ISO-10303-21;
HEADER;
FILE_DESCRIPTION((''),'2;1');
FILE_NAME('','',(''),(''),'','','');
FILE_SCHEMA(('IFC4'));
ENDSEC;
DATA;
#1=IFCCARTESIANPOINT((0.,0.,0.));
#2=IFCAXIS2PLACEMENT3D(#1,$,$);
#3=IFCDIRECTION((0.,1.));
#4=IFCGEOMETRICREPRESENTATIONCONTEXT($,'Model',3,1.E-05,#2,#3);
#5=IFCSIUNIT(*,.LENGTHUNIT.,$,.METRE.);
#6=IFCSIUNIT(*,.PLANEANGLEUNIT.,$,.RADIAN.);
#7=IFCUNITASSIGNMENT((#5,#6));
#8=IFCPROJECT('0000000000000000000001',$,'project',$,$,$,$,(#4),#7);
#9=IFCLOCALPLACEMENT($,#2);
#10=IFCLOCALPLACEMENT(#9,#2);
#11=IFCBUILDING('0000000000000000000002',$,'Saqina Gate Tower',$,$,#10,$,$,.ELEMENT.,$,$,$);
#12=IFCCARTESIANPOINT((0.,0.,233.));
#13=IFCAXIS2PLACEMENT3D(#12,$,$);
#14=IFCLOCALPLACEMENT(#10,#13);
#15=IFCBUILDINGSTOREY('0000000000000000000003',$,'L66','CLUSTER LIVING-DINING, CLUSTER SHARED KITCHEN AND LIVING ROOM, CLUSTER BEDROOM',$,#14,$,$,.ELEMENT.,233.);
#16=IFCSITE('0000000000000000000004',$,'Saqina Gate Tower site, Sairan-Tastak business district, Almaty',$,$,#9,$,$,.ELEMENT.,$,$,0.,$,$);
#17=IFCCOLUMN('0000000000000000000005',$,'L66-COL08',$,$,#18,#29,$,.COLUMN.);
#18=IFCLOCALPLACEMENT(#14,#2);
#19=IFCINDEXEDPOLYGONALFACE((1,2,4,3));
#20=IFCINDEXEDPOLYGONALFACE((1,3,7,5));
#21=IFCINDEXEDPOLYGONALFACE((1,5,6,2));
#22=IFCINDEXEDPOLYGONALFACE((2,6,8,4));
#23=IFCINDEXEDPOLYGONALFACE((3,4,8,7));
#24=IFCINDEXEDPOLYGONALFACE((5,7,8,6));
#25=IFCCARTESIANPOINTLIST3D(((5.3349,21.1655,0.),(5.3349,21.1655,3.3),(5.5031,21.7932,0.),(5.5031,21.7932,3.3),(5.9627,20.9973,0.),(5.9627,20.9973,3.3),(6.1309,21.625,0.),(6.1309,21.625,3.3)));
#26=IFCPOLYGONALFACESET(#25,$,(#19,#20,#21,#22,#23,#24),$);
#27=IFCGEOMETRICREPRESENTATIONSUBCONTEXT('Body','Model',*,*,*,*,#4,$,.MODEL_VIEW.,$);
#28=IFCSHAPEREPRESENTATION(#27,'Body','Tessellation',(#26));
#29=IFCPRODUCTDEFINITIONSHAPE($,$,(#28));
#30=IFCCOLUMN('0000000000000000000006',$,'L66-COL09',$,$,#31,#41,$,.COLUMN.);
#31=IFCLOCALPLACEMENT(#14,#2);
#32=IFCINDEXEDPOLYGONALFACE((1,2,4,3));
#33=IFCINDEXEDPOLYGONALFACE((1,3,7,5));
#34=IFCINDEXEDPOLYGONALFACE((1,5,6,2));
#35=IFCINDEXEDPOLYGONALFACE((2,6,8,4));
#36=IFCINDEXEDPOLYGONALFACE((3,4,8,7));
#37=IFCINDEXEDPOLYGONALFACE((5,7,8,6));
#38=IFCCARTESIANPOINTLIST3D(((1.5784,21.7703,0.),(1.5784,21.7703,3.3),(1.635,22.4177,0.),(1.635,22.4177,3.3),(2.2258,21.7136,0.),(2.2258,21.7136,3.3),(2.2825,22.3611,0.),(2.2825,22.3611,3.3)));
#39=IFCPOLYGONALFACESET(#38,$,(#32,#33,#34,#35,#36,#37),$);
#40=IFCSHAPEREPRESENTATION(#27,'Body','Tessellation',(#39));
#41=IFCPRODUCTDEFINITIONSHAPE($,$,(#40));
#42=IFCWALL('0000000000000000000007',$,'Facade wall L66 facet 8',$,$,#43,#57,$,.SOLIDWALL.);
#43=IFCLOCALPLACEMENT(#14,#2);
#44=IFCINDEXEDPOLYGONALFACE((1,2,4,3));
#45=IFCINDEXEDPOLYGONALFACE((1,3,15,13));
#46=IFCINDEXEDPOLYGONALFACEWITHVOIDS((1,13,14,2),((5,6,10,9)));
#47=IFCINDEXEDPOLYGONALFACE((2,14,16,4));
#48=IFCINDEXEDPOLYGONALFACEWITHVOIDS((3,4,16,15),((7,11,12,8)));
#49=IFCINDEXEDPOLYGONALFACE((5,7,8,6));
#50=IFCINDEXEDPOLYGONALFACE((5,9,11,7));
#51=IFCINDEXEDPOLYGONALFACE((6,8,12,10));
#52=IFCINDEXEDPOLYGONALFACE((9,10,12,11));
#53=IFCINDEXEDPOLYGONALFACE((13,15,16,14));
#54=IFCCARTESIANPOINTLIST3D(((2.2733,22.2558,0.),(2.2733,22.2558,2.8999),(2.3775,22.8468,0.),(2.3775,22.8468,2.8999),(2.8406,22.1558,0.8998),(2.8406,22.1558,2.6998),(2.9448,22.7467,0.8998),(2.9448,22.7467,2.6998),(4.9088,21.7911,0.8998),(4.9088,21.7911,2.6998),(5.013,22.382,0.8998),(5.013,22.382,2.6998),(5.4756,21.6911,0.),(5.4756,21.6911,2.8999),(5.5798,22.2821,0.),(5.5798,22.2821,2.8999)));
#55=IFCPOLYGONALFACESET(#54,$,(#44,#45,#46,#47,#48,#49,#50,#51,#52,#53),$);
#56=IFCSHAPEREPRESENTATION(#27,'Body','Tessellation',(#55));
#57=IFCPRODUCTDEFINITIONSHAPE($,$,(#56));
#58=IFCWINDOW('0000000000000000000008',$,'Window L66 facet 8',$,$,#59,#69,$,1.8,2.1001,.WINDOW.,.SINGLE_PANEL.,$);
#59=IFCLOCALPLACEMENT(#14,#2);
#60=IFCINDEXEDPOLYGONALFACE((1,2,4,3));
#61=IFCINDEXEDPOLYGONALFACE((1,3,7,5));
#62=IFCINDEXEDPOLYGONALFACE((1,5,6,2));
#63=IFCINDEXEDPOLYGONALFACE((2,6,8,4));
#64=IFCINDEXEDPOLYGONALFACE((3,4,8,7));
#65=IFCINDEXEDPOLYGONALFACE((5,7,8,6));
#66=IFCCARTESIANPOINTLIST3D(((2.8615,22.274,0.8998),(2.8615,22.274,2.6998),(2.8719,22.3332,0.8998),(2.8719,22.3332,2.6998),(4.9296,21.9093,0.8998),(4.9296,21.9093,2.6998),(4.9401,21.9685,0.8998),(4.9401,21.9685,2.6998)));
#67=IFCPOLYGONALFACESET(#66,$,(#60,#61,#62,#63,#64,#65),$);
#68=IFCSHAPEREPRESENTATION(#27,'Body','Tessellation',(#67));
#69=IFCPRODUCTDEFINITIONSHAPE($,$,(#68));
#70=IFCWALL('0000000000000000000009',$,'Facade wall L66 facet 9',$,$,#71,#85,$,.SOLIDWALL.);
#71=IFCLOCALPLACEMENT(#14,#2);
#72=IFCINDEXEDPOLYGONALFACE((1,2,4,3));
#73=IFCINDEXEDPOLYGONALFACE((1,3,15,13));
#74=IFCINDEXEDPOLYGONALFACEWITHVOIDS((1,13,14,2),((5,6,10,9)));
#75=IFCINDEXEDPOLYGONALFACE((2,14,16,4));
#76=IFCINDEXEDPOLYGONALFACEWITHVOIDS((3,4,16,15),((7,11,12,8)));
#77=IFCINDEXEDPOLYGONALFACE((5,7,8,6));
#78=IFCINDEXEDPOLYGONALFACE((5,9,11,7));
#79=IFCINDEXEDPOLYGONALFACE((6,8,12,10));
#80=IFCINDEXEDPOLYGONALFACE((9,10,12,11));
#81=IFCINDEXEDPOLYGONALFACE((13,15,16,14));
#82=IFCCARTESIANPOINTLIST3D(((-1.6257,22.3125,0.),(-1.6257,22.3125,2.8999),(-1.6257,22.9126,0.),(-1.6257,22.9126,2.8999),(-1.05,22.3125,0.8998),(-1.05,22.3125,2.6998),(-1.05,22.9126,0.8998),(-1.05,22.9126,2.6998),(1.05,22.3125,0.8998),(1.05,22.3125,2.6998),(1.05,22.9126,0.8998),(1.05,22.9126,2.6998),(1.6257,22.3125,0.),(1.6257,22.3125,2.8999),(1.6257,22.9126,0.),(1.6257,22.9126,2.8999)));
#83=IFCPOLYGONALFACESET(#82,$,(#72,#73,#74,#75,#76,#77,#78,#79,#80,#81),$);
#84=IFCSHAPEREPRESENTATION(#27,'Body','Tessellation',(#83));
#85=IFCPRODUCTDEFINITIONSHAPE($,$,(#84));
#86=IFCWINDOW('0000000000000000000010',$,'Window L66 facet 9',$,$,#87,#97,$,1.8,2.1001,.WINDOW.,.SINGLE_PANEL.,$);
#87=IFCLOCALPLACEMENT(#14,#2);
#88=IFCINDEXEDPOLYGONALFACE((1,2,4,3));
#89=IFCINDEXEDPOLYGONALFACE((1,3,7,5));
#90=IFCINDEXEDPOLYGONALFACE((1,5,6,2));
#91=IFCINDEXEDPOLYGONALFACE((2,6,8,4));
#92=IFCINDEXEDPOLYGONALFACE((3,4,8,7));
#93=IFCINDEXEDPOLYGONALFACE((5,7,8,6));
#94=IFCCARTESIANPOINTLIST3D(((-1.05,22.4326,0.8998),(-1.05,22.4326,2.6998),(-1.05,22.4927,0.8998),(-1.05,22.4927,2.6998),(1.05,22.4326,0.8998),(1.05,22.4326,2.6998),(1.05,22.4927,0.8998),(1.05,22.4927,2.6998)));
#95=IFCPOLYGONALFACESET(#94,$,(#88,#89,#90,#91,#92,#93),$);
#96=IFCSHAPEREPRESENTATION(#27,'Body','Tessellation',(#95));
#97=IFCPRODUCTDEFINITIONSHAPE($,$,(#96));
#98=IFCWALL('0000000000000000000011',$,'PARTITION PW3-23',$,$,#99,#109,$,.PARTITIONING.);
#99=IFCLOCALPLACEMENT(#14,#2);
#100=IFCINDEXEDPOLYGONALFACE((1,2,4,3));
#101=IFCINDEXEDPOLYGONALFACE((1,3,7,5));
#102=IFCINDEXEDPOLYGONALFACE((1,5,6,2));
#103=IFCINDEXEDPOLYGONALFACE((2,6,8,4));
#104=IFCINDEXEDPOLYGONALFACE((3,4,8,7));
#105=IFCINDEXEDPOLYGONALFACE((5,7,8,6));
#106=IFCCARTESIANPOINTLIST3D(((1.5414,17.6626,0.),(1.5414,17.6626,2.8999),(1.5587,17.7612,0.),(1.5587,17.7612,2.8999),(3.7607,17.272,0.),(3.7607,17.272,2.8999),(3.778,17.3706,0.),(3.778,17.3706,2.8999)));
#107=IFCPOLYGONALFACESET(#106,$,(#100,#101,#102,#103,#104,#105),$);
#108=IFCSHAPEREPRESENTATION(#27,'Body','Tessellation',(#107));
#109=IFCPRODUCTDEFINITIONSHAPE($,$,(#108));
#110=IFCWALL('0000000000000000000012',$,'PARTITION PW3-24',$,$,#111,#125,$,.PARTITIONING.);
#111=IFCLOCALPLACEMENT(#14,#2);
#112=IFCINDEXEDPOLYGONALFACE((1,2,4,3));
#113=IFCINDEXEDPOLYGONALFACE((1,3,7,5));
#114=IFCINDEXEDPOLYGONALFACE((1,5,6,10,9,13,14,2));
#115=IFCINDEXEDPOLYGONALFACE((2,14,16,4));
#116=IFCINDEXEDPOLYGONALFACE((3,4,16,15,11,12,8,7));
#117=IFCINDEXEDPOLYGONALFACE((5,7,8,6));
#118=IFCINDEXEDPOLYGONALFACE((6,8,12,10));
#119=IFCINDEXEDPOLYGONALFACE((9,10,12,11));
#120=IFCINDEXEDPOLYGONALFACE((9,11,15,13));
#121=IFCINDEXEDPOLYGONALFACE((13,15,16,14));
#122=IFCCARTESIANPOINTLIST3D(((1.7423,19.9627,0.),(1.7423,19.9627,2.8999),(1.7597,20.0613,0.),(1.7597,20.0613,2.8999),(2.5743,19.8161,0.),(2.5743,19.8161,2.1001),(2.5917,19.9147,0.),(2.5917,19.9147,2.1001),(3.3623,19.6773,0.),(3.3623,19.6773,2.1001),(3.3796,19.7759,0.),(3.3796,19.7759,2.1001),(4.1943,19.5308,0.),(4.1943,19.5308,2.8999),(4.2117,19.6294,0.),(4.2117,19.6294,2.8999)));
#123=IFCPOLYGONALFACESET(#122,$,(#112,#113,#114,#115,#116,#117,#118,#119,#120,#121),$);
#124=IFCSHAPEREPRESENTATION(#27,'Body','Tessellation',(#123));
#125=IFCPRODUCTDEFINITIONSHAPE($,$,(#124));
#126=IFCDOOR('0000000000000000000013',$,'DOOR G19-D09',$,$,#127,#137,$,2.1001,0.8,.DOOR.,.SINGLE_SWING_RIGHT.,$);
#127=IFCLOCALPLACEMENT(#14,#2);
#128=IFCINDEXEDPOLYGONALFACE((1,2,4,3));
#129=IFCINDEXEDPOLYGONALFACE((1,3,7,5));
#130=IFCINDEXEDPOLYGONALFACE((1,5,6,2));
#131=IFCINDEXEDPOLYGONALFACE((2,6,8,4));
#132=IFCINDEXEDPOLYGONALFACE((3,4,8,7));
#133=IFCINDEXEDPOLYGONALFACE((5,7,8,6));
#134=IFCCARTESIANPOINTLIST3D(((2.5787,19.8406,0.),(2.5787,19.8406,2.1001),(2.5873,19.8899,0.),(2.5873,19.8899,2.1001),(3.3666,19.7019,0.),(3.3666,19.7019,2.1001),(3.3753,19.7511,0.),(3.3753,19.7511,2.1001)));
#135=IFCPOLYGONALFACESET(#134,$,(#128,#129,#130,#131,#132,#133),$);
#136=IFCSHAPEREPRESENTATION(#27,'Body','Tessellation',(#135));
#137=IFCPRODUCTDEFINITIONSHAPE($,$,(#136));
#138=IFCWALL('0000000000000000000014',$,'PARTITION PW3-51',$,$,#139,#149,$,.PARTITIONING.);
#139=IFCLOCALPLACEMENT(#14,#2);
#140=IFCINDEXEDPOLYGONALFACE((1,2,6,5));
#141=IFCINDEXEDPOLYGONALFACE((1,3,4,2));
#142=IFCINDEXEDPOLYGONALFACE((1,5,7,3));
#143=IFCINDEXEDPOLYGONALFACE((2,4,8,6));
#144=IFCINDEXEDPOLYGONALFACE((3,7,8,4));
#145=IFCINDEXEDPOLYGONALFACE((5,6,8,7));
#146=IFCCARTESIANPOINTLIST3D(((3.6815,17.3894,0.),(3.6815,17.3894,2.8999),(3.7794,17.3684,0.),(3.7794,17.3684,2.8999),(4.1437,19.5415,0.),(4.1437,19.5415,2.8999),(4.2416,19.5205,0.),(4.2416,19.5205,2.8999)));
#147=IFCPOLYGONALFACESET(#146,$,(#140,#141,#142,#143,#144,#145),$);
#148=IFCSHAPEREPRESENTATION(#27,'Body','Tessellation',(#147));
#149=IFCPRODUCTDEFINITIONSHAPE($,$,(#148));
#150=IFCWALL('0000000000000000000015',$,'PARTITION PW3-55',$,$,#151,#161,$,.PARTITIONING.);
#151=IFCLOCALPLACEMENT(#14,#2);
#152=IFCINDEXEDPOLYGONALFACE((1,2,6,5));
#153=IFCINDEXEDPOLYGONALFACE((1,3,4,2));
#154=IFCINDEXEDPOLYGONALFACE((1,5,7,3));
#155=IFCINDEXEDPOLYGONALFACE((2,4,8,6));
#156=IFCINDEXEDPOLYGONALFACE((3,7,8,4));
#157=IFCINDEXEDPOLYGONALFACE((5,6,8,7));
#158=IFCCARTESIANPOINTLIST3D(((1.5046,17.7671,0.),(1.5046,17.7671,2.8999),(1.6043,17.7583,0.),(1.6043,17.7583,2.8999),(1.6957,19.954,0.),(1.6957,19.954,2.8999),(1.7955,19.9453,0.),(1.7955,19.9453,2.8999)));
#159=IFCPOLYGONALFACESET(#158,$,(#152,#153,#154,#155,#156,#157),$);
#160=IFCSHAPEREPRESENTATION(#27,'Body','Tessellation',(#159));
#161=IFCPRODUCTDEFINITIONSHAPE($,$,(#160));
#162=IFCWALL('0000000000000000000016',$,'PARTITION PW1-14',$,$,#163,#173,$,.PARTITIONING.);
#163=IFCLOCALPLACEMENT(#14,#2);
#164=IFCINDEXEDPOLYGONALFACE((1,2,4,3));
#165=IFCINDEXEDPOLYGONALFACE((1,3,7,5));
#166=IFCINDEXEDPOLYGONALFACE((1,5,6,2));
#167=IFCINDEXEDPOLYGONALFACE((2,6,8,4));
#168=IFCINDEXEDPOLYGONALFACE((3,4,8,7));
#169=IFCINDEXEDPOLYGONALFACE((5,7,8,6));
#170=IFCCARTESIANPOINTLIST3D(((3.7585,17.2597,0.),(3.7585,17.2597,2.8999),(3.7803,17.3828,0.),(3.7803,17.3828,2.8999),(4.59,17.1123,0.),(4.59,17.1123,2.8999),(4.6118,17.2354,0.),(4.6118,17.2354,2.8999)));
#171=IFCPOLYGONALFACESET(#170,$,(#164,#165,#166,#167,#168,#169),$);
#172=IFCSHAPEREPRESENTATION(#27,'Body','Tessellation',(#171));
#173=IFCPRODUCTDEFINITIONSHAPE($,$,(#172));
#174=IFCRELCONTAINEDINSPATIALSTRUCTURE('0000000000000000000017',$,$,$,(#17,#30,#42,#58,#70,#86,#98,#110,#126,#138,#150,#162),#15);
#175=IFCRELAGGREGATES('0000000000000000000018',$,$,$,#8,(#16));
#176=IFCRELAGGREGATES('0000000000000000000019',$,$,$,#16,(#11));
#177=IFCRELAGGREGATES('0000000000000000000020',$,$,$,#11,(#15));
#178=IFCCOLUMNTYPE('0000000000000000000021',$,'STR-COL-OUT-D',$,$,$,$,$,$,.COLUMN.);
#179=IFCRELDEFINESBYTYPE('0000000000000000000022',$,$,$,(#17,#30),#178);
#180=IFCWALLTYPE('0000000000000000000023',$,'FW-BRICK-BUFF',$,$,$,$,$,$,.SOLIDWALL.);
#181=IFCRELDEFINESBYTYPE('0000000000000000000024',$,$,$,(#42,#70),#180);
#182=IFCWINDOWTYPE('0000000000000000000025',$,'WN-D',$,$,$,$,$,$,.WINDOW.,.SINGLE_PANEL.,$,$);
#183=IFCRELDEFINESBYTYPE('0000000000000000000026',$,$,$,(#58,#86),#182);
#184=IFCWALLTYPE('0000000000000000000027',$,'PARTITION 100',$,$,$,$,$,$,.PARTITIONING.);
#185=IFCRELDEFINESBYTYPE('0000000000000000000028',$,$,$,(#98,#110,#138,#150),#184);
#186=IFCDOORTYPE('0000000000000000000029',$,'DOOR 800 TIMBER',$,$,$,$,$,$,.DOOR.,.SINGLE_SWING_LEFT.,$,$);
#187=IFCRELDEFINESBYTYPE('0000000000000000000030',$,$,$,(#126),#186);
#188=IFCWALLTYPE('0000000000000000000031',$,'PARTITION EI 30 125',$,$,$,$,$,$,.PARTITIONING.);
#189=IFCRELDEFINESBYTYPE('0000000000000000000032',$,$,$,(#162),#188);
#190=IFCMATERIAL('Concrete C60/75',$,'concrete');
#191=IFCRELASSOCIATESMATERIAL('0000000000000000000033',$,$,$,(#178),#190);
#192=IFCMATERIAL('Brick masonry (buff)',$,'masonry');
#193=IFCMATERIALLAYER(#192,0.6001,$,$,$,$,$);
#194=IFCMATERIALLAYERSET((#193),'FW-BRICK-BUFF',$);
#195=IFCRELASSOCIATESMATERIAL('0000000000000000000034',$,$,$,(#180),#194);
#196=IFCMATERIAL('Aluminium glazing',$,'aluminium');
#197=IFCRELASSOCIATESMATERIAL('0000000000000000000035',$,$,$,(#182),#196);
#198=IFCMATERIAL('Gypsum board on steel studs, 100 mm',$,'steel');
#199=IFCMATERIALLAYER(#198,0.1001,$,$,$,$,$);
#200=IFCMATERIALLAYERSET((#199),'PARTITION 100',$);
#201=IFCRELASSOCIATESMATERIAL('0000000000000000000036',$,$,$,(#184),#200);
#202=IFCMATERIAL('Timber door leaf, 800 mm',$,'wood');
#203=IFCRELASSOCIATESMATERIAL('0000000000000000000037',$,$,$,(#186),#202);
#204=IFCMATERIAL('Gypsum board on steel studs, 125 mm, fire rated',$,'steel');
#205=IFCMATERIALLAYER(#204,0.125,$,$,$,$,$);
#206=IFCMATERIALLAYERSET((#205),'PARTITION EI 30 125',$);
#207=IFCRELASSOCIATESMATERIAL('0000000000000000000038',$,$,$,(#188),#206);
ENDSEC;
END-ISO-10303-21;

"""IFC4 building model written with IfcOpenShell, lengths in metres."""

from ifc_helpers import new_model, si_unit, direction, frame, frame_2d, origin, origin_2d, place, context, subcontext, project, spatial, rectangle, extrude, material, layer, layer_set, material_profile, profile_set, type_object, element, fill, save


model = new_model("IFC4")

# Units and contexts
model_context = context("Model", 3, precision=1e-05, world=origin(), true_north=direction((0.0, 1.0)))
body_context = subcontext(model_context, "Body", "Model", "MODEL_VIEW")
ifc_project = project(units=[si_unit("LENGTHUNIT", "METRE"), si_unit("PLANEANGLEUNIT", "RADIAN")], contexts=[model_context])

# Site, building, storey
site_placement = place(None, origin())
site = spatial("IfcSite", under=ifc_project, at=site_placement, Name="Saqina Gate Tower site, Sairan-Tastak business district, Almaty", CompositionType="ELEMENT", RefElevation=0.0)
building_placement = place(site_placement, origin())
building = spatial("IfcBuilding", under=site, at=building_placement, Name="Saqina Gate Tower", CompositionType="ELEMENT")
storey_placement = place(building_placement, frame((0.0, 0.0, 233.0)))
storey = spatial("IfcBuildingStorey", under=building, at=storey_placement, Name="L66", Description="CLUSTER LIVING-DINING, CLUSTER SHARED KITCHEN AND LIVING ROOM, CLUSTER BEDROOM", CompositionType="ELEMENT", Elevation=233.0)

# Columns
ifc_material_1 = material(Name="Concrete C60/75", Category="concrete")
ifc_material_profile = material_profile(ifc_material_1, rectangle(XDim=0.6499, YDim=0.6499, at=origin_2d()), Name="RC 650x650")
ifc_profile_set = profile_set([ifc_material_profile], Name="Concrete C60/75")
column_type = type_object("IfcColumnType", Name="STR-COL-OUT-D", PredefinedType="COLUMN", material=ifc_profile_set)
for number, where, z_axis, x_axis, name in (
    (1, (5.7329, 21.3953, 0.0), (0.0, 0.0, 1.0), (0.258819, 0.965926, 0.0), "L66-COL08"),
    (2, (1.9304, 22.0657, 0.0), (0.0, 0.0, 1.0), (0.087156, 0.996195, 0.0), "L66-COL09"),
):
    element("IfcColumn", number, at=place(storey_placement, frame(where, z_axis=z_axis, x_axis=x_axis)), inside=storey, type_object=column_type, Name=name, PredefinedType="COLUMN", context=body_context, shape_type="SweptSolid", body=[
        extrude(rectangle(XDim=0.6499, YDim=0.6499, at=origin_2d()), origin(), (0.0, 0.0, 1.0), 3.3),
    ])

# Walls, openings, windows
ifc_material_2 = material(Name="Brick masonry (buff)", Category="masonry")
ifc_layer_1 = layer(ifc_material_2, 0.6001)
ifc_layer_set_1 = layer_set([ifc_layer_1], Name="FW-BRICK-BUFF")
wall_type_1 = type_object("IfcWallType", Name="FW-BRICK-BUFF", PredefinedType="SOLIDWALL", material=ifc_layer_set_1)
wall_1_placement = place(storey_placement, frame((5.5278, 21.9866, 0.0), z_axis=(0.0, 0.0, 1.0), x_axis=(-0.984806, 0.173657, 0.0)))
wall_1 = element("IfcWall", 3, at=wall_1_placement, inside=storey, type_object=wall_type_1, Name="Facade wall L66 facet 8", PredefinedType="SOLIDWALL", context=body_context, shape_type="SweptSolid", body=[
    extrude(rectangle(XDim=3.2517, YDim=0.6001, at=frame_2d((1.626, 0.0))), origin(), (0.0, 0.0, 1.0), 2.8999),
])
opening_1_placement = place(wall_1_placement, frame((0.5757, 0.0, 0.8999)))
opening_1 = element("IfcOpeningElement", 4, at=opening_1_placement, cuts=wall_1, PredefinedType="OPENING", context=body_context, shape_type="SweptSolid", body=[
    extrude(rectangle(XDim=2.1001, YDim=1.8, at=frame_2d((1.05, 0.8999))), frame((0.0, 0.312, 0.0), z_axis=(0.0, -1.0, 0.0), x_axis=(1.0, 0.0, 0.0)), (0.0, 0.0, 1.0), 0.624),
])
ifc_material_3 = material(Name="Aluminium glazing", Category="aluminium")
window_type = type_object("IfcWindowType", Name="WN-D", PartitioningType="SINGLE_PANEL", PredefinedType="WINDOW", material=ifc_material_3)
window_1_placement = place(opening_1_placement, origin())
window_1 = element("IfcWindow", 5, at=window_1_placement, inside=storey, type_object=window_type, Name="Window L66 facet 8", OverallHeight=1.8, OverallWidth=2.1001, PartitioningType="SINGLE_PANEL", PredefinedType="WINDOW", context=body_context, shape_type="SweptSolid", body=[
    extrude(rectangle(XDim=2.1001, YDim=1.8, at=frame_2d((1.05, 0.8999))), frame((0.0, 0.1799, 0.0), z_axis=(0.0, -1.0, 0.0), x_axis=(1.0, 0.0, 0.0)), (0.0, 0.0, 1.0), 0.0601),
])
fill(opening_1, window_1)
wall_2_placement = place(storey_placement, frame((1.6257, 22.6125, 0.0), z_axis=(0.0, 0.0, 1.0), x_axis=(-1.0, 0.0, 0.0)))
wall_2 = element("IfcWall", 6, at=wall_2_placement, inside=storey, type_object=wall_type_1, Name="Facade wall L66 facet 9", PredefinedType="SOLIDWALL", context=body_context, shape_type="SweptSolid", body=[
    extrude(rectangle(XDim=3.2515, YDim=0.6001, at=frame_2d((1.6257, 0.0))), origin(), (0.0, 0.0, 1.0), 2.8999),
])
opening_2_placement = place(wall_2_placement, frame((0.5757, 0.0, 0.8999)))
opening_2 = element("IfcOpeningElement", 7, at=opening_2_placement, cuts=wall_2, PredefinedType="OPENING", context=body_context, shape_type="SweptSolid", body=[
    extrude(rectangle(XDim=2.1001, YDim=1.8, at=frame_2d((1.05, 0.8999))), frame((0.0, 0.312, 0.0), z_axis=(0.0, -1.0, 0.0), x_axis=(1.0, 0.0, 0.0)), (0.0, 0.0, 1.0), 0.624),
])
window_2_placement = place(opening_2_placement, origin())
window_2 = element("IfcWindow", 8, at=window_2_placement, inside=storey, type_object=window_type, Name="Window L66 facet 9", OverallHeight=1.8, OverallWidth=2.1001, PartitioningType="SINGLE_PANEL", PredefinedType="WINDOW", context=body_context, shape_type="SweptSolid", body=[
    extrude(rectangle(XDim=2.1001, YDim=1.8, at=frame_2d((1.05, 0.8999))), frame((0.0, 0.1799, 0.0), z_axis=(0.0, -1.0, 0.0), x_axis=(1.0, 0.0, 0.0)), (0.0, 0.0, 1.0), 0.0601),
])
fill(opening_2, window_2)

# Wall
ifc_material_4 = material(Name="Gypsum board on steel studs, 100 mm", Category="steel")
ifc_layer_2 = layer(ifc_material_4, 0.1001)
ifc_layer_set_2 = layer_set([ifc_layer_2], Name="PARTITION 100")
wall_type_2 = type_object("IfcWallType", Name="PARTITION 100", PredefinedType="PARTITIONING", material=ifc_layer_set_2)
wall_3_placement = place(storey_placement, frame((1.55, 17.7119, 0.0), z_axis=(0.0, 0.0, 1.0), x_axis=(0.98486, -0.173353, 0.0)))
element("IfcWall", 9, at=wall_3_placement, inside=storey, type_object=wall_type_2, Name="PARTITION PW3-23", PredefinedType="PARTITIONING", context=body_context, shape_type="SweptSolid", body=[
    extrude(rectangle(XDim=2.2534, YDim=0.1001, at=frame_2d((1.1267, 0.0))), origin(), (0.0, 0.0, 1.0), 2.8999),
])

# Wall, opening, door
wall_4_placement = place(storey_placement, frame((1.751, 20.012, 0.0), z_axis=(0.0, 0.0, 1.0), x_axis=(0.984839, -0.173472, 0.0)))
wall_4 = element("IfcWall", 10, at=wall_4_placement, inside=storey, type_object=wall_type_2, Name="PARTITION PW3-24", PredefinedType="PARTITIONING", context=body_context, shape_type="SweptSolid", body=[
    extrude(rectangle(XDim=2.4897, YDim=0.1001, at=frame_2d((1.2449, 0.0))), origin(), (0.0, 0.0, 1.0), 2.8999),
])
opening_3_placement = place(wall_4_placement, frame((0.845, 0.0, 0.0)))
opening_3 = element("IfcOpeningElement", 11, at=opening_3_placement, cuts=wall_4, PredefinedType="OPENING", context=body_context, shape_type="SweptSolid", body=[
    extrude(rectangle(XDim=0.8, YDim=2.1001, at=frame_2d((0.3999, 1.05))), frame((0.0, 0.062, 0.0), z_axis=(0.0, -1.0, 0.0), x_axis=(1.0, 0.0, 0.0)), (0.0, 0.0, 1.0), 0.124),
])
ifc_material_5 = material(Name="Timber door leaf, 800 mm", Category="wood")
door_type_1 = type_object("IfcDoorType", Name="DOOR 800 TIMBER", OperationType="SINGLE_SWING_LEFT", PredefinedType="DOOR", material=ifc_material_5)
door_1_placement = place(opening_3_placement, origin())
door_1 = element("IfcDoor", 12, at=door_1_placement, inside=storey, type_object=door_type_1, Name="DOOR G19-D09", OperationType="SINGLE_SWING_RIGHT", OverallHeight=2.1001, OverallWidth=0.8, PredefinedType="DOOR", context=body_context, shape_type="SweptSolid", body=[
    extrude(rectangle(XDim=0.8, YDim=2.1001, at=frame_2d((0.3999, 1.05))), frame((0.0, 0.0249, 0.0), z_axis=(0.0, -1.0, 0.0), x_axis=(1.0, 0.0, 0.0)), (0.0, 0.0, 1.0), 0.05),
])
fill(opening_3, door_1)

# Walls
wall_5_placement = place(storey_placement, frame((3.7305, 17.3789, 0.0), z_axis=(0.0, 0.0, 1.0), x_axis=(0.209961, 0.97771, 0.0)))
element("IfcWall", 13, at=wall_5_placement, inside=storey, type_object=wall_type_2, Name="PARTITION PW3-51", PredefinedType="PARTITIONING", context=body_context, shape_type="SweptSolid", body=[
    extrude(rectangle(XDim=2.2012, YDim=0.1001, at=frame_2d((1.1006, 0.0))), origin(), (0.0, 0.0, 1.0), 2.8999),
])
wall_6_placement = place(storey_placement, frame((1.5544, 17.7627, 0.0), z_axis=(0.0, 0.0, 1.0), x_axis=(0.087076, 0.996202, 0.0)))
element("IfcWall", 14, at=wall_6_placement, inside=storey, type_object=wall_type_2, Name="PARTITION PW3-55", PredefinedType="PARTITIONING", context=body_context, shape_type="SweptSolid", body=[
    extrude(rectangle(XDim=2.1953, YDim=0.1001, at=frame_2d((1.0977, 0.0))), origin(), (0.0, 0.0, 1.0), 2.8999),
])
ifc_material_6 = material(Name="Gypsum board on steel studs, 125 mm, fire rated", Category="steel")
ifc_layer_3 = layer(ifc_material_6, 0.125)
ifc_layer_set_3 = layer_set([ifc_layer_3], Name="PARTITION EI 30 125")
wall_type_3 = type_object("IfcWallType", Name="PARTITION EI 30 125", PredefinedType="PARTITIONING", material=ifc_layer_set_3)
wall_7_placement = place(storey_placement, frame((3.7693, 17.3213, 0.0), z_axis=(0.0, 0.0, 1.0), x_axis=(0.984638, -0.17461, 0.0)))
element("IfcWall", 15, at=wall_7_placement, inside=storey, type_object=wall_type_3, Name="PARTITION PW1-14", PredefinedType="PARTITIONING", context=body_context, shape_type="SweptSolid", body=[
    extrude(rectangle(XDim=0.8445, YDim=0.125, at=frame_2d((0.4224, 0.0))), origin(), (0.0, 0.0, 1.0), 2.8999),
])

save(model, "model.ifc")
